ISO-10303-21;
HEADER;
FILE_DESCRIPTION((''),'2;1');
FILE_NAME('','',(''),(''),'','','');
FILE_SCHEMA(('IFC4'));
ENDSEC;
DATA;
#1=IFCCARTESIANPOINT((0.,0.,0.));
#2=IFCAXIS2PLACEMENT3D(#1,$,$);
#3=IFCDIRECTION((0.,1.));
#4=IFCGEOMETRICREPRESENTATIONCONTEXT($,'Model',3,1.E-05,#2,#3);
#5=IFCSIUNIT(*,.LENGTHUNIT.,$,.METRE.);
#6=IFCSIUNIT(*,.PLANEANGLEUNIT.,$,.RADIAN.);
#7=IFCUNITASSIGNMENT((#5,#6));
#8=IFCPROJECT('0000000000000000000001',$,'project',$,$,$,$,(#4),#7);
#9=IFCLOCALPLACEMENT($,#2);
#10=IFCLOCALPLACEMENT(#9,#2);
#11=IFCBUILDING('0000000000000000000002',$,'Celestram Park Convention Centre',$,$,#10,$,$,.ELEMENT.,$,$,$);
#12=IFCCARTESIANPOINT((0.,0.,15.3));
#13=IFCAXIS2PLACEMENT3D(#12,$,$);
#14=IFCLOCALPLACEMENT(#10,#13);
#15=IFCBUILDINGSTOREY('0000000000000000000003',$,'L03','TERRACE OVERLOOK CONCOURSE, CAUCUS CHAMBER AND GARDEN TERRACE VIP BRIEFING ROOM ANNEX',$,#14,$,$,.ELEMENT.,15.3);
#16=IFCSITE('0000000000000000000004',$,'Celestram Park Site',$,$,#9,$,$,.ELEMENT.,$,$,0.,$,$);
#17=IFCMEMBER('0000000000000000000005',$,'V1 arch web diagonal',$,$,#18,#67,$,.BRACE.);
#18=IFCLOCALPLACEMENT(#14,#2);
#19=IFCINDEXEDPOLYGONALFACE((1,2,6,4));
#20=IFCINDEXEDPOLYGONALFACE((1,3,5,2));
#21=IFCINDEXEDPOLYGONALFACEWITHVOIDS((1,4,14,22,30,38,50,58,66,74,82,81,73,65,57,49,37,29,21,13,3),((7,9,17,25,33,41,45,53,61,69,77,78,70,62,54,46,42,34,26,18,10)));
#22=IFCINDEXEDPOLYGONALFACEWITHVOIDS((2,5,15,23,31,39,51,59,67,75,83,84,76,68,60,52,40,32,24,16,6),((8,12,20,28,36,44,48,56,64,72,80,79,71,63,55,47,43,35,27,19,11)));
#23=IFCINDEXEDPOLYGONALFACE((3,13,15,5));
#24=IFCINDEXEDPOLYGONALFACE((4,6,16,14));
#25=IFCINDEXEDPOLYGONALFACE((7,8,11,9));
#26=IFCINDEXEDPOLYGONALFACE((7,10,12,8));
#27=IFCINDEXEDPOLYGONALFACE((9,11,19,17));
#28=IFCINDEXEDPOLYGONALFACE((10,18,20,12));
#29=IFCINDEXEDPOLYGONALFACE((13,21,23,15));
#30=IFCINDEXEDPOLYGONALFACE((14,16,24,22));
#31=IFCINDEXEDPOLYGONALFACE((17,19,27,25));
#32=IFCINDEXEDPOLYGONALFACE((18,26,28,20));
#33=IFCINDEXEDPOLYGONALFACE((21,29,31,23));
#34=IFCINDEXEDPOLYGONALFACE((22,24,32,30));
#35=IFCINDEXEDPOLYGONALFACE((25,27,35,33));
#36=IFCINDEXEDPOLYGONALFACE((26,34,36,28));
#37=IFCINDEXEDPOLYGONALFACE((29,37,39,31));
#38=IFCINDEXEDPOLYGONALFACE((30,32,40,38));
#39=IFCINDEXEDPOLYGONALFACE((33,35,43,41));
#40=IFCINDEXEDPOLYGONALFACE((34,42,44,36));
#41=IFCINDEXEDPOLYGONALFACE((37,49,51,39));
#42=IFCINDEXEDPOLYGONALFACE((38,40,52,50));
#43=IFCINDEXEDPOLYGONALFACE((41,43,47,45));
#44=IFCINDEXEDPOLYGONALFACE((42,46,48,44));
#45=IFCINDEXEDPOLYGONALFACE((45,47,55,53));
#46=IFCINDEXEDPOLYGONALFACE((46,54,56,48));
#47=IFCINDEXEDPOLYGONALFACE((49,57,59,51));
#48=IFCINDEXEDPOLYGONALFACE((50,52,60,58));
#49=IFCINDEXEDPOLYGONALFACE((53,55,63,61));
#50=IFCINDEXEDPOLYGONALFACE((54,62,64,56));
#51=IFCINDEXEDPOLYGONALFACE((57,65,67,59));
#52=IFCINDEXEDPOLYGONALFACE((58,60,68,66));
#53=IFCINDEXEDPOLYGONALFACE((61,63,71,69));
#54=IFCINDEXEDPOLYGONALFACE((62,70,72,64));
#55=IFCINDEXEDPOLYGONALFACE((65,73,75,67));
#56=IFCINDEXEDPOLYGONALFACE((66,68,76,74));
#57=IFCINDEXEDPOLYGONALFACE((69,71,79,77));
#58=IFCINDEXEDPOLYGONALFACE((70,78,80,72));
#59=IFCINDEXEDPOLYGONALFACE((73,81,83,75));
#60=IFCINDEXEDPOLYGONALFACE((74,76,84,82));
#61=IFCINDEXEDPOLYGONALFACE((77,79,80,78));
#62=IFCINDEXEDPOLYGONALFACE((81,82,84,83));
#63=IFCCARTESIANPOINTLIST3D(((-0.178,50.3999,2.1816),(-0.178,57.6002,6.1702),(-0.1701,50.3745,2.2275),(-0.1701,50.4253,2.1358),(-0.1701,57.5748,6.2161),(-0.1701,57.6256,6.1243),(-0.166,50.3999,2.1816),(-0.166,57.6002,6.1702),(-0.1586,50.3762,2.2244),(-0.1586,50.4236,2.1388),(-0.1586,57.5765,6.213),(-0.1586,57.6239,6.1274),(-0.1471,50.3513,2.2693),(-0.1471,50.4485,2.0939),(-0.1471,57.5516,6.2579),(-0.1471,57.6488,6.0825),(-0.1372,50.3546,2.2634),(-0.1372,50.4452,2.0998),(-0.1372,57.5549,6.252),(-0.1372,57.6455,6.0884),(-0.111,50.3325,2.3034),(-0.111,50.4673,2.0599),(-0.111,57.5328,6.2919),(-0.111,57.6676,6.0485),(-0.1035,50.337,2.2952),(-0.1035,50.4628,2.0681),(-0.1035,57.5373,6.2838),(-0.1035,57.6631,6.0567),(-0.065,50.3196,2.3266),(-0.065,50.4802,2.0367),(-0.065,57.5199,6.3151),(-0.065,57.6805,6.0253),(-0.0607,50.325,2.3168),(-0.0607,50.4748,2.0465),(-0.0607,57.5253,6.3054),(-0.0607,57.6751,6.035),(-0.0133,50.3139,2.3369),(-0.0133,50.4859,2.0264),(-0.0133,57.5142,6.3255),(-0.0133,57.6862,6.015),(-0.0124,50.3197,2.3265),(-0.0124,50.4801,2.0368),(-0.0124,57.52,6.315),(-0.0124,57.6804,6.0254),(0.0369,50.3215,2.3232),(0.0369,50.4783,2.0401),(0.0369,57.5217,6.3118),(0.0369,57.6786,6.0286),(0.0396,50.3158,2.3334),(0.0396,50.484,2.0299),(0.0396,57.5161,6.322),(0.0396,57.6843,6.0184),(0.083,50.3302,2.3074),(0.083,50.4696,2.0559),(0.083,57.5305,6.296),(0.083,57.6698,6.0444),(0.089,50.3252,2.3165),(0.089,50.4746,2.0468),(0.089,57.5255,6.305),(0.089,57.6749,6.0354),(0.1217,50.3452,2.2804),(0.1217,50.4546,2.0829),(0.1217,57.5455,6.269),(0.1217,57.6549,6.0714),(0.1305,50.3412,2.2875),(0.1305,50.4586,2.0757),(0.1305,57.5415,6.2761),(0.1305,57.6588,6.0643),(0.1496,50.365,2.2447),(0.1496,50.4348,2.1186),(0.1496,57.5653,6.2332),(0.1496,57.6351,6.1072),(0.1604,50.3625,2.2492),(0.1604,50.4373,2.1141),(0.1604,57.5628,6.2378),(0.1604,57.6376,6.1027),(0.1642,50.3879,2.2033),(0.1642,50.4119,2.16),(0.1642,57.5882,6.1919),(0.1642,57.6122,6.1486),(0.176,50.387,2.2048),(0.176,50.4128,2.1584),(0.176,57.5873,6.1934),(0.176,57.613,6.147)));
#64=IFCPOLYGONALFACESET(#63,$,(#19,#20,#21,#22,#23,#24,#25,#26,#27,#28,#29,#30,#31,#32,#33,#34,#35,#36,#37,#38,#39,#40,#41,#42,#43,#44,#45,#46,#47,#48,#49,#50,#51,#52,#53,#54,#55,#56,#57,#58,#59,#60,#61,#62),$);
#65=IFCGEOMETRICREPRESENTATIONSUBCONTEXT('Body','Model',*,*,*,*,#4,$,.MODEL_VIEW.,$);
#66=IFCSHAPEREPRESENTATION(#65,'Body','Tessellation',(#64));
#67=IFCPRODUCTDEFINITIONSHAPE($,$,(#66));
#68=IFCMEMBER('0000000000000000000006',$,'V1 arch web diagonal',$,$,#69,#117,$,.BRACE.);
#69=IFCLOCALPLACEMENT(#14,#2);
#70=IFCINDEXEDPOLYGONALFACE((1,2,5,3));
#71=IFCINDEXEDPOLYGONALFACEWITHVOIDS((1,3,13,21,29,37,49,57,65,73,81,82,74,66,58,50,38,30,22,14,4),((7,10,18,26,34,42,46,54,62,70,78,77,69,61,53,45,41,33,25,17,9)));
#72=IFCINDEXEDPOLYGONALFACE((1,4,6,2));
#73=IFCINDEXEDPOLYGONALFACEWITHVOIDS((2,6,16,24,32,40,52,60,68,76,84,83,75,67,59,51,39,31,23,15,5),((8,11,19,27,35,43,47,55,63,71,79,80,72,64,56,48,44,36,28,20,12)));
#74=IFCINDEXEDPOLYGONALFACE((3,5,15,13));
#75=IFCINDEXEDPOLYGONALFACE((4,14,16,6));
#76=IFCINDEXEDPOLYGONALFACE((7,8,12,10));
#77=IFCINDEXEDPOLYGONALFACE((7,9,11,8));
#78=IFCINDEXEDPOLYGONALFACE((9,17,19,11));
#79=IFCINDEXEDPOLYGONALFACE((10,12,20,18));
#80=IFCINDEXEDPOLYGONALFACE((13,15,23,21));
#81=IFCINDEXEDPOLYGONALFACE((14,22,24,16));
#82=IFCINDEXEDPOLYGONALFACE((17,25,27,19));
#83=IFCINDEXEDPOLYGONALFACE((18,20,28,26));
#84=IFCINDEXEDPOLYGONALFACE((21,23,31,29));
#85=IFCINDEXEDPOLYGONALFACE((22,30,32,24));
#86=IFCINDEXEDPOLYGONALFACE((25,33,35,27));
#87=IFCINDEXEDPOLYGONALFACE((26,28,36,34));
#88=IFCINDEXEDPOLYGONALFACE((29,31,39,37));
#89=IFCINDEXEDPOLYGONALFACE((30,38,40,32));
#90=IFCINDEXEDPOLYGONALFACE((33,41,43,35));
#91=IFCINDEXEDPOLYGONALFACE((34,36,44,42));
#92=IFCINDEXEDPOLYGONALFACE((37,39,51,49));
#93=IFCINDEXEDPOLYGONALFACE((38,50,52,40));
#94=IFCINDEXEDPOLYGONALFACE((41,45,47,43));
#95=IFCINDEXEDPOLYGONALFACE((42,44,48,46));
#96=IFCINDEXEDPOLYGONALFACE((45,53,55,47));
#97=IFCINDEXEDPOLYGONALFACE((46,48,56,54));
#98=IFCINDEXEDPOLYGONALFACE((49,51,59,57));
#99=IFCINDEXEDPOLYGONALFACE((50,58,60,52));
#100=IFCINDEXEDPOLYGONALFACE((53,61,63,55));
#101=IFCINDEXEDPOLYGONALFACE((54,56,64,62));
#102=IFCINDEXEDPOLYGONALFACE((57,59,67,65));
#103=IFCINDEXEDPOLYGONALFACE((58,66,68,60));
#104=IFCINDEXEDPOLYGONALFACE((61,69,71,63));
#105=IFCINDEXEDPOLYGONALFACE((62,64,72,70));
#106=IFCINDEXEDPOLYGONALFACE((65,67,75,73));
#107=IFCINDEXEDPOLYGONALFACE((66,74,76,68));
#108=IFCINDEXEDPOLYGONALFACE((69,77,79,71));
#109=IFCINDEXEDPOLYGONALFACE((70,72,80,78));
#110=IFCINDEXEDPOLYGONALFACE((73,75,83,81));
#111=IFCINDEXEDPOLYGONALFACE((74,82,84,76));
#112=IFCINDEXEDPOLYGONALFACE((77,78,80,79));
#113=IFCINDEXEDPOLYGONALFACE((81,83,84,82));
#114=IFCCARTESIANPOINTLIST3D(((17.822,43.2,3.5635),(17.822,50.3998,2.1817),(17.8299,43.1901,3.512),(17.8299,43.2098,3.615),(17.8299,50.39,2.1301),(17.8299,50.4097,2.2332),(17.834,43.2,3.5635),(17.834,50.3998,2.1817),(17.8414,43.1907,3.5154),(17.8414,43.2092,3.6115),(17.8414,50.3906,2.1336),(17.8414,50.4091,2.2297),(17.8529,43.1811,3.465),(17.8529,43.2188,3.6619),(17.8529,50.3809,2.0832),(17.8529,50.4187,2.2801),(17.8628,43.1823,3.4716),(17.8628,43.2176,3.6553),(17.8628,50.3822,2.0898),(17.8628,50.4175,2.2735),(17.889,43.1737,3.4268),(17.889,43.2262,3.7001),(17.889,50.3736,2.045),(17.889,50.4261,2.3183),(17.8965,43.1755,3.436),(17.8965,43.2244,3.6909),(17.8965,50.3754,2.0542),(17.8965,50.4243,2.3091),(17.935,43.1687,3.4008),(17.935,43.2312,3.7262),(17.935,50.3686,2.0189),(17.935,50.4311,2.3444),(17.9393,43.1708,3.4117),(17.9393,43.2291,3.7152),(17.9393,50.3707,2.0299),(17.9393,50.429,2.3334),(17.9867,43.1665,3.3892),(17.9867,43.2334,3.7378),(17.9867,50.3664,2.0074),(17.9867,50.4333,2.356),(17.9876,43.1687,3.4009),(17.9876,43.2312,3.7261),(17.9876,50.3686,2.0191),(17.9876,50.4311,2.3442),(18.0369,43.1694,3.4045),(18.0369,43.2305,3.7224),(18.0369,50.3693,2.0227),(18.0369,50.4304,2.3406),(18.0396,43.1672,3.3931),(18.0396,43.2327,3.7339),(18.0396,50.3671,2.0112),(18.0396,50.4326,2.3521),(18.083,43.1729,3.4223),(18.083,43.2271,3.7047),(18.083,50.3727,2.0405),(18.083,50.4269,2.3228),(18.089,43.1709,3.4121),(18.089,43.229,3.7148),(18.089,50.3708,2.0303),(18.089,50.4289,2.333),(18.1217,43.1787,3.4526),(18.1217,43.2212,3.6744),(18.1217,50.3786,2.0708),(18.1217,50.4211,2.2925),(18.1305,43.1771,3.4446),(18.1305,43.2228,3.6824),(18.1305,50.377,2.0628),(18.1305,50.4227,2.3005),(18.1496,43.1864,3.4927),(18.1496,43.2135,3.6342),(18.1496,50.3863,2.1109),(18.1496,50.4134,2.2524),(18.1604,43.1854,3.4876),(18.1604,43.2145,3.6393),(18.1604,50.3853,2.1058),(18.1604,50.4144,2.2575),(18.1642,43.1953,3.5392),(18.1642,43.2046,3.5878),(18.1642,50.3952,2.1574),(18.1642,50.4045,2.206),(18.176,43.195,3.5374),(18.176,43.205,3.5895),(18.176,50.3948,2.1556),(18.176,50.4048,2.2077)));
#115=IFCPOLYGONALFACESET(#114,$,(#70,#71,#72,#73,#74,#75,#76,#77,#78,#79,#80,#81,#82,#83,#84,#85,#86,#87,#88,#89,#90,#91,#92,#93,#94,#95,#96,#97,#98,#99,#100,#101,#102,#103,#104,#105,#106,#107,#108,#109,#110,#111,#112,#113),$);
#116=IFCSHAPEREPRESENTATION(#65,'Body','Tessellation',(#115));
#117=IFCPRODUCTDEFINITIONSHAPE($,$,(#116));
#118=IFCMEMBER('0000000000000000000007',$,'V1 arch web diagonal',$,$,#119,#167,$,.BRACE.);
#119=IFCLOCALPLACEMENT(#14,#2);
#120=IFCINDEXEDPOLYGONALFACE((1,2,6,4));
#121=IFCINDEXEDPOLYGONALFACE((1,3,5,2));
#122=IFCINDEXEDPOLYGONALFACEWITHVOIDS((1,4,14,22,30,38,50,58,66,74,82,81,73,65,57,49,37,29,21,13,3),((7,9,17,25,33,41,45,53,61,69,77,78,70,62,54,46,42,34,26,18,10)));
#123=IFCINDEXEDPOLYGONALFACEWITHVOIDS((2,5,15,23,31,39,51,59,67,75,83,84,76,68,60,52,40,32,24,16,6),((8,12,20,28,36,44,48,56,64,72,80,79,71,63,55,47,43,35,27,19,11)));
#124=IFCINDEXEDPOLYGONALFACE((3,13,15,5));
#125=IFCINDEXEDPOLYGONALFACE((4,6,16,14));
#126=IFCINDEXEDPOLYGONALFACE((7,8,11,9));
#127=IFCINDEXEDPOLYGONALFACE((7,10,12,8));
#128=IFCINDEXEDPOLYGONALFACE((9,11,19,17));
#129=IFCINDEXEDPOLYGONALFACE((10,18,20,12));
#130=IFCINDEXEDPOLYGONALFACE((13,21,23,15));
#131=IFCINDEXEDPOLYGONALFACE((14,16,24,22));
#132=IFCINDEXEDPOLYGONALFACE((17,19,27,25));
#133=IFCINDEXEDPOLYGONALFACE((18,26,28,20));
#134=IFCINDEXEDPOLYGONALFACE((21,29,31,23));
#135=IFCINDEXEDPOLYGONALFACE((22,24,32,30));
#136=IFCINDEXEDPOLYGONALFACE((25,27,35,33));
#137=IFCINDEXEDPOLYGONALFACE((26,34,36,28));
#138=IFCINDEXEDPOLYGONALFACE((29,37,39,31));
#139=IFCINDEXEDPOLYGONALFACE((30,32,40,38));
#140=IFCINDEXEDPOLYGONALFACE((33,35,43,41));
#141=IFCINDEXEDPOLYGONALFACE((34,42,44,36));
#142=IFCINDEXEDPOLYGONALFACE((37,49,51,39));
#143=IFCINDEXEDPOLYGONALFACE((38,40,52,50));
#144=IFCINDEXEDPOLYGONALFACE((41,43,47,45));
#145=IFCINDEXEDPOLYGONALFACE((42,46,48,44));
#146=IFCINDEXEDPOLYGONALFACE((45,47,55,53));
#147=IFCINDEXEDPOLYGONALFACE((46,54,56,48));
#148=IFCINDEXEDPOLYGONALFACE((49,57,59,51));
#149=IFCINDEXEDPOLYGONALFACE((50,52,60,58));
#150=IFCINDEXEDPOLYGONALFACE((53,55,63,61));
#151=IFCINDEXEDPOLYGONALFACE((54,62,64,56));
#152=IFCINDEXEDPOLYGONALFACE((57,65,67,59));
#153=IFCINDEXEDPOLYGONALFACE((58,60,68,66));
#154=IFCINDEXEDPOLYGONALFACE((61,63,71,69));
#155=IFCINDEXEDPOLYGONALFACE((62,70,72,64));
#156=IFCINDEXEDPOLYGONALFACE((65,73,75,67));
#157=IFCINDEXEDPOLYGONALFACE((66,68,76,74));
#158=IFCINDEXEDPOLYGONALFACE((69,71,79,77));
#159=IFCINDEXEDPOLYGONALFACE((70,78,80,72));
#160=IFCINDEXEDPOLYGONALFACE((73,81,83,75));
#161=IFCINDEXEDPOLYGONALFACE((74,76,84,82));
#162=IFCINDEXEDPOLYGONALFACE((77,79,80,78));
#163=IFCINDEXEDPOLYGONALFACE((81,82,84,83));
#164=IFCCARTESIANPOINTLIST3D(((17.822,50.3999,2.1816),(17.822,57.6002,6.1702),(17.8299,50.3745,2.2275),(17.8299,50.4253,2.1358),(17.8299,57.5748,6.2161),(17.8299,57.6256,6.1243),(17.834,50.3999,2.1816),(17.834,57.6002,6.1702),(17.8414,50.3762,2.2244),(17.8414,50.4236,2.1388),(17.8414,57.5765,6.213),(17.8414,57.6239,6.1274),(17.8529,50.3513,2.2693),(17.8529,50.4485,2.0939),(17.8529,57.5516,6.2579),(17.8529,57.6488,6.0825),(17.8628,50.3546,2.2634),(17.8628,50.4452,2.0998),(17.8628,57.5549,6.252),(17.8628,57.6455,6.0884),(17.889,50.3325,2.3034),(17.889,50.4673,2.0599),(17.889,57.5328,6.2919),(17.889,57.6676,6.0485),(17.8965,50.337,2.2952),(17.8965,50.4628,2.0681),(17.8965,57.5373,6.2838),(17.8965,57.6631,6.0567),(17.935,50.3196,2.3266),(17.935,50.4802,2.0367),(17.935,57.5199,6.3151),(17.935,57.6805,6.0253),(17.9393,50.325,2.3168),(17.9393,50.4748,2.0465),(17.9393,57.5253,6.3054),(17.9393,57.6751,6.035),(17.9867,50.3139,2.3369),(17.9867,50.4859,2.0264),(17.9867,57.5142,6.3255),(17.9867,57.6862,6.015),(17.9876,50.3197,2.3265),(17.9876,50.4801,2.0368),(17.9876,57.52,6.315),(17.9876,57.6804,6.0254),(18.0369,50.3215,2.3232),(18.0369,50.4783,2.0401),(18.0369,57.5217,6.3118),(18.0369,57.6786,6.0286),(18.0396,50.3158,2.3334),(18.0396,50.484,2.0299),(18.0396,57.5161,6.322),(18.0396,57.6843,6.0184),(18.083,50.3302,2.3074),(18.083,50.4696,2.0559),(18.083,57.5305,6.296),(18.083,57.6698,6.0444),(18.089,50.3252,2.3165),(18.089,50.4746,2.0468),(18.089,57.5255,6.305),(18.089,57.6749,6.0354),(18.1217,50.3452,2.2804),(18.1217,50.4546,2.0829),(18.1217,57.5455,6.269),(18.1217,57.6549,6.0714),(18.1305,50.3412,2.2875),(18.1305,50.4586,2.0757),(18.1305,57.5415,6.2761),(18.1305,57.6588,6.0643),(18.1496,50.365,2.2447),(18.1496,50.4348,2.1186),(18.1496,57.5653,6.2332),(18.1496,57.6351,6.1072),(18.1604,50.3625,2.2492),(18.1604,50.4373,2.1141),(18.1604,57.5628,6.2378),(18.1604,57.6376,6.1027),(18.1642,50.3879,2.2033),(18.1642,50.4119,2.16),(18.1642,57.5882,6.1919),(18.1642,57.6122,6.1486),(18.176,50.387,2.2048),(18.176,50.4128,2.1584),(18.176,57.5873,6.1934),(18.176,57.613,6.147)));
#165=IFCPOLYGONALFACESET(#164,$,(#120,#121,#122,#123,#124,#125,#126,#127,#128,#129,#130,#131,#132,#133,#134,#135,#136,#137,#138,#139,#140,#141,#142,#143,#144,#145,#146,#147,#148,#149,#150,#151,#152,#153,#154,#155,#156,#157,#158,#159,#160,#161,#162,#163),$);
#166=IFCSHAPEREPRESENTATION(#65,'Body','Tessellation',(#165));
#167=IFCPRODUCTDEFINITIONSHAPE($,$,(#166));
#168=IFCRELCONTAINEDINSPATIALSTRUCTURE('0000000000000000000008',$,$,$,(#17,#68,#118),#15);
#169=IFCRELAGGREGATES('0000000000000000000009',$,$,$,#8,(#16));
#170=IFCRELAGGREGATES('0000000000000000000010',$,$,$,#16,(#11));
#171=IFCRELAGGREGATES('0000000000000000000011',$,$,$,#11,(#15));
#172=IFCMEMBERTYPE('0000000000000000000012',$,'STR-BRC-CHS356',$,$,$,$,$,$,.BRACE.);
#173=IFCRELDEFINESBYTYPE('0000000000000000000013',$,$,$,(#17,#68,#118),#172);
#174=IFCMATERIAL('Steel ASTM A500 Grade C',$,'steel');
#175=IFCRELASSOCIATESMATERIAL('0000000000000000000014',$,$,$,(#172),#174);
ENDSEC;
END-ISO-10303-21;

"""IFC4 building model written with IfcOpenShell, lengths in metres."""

from ifc_helpers import new_model, si_unit, direction, frame, origin, origin_2d, place, context, subcontext, project, spatial, hollow_circle, extrude, material, material_profile, profile_set, type_object, element, save


model = new_model("IFC4")

# Units and contexts
model_context = context("Model", 3, precision=1e-05, world=origin(), true_north=direction((0.0, 1.0)))
body_context = subcontext(model_context, "Body", "Model", "MODEL_VIEW")
ifc_project = project(units=[si_unit("LENGTHUNIT", "METRE"), si_unit("PLANEANGLEUNIT", "RADIAN")], contexts=[model_context])

# Site, building, storey
site_placement = place(None, origin())
site = spatial("IfcSite", under=ifc_project, at=site_placement, Name="Celestram Park Site", CompositionType="ELEMENT", RefElevation=0.0)
building_placement = place(site_placement, origin())
building = spatial("IfcBuilding", under=site, at=building_placement, Name="Celestram Park Convention Centre", CompositionType="ELEMENT")
storey_placement = place(building_placement, frame((0.0, 0.0, 15.3)))
storey = spatial("IfcBuildingStorey", under=building, at=storey_placement, Name="L03", Description="TERRACE OVERLOOK CONCOURSE, CAUCUS CHAMBER AND GARDEN TERRACE VIP BRIEFING ROOM ANNEX", CompositionType="ELEMENT", Elevation=15.3)

# Members
ifc_material_1 = material(Name="Steel ASTM A500 Grade C", Category="steel")
ifc_material_profile_1 = material_profile(ifc_material_1, hollow_circle(Radius=0.178, WallThickness=0.012, at=origin_2d()), Name="CHS356X12")
ifc_profile_set_1 = profile_set([ifc_material_profile_1], Name="Steel ASTM A500 Grade C")
member_type_1 = type_object("IfcMemberType", Name="STR-BRC-CHS356", PredefinedType="BRACE", material=ifc_profile_set_1)
member_1_placement = place(storey_placement, frame((0.0, 50.3999, 2.1816), z_axis=(0.0, 0.874754, 0.484567), x_axis=(-1.0, 0.0, 0.0)))
element("IfcMember", 1, at=member_1_placement, inside=storey, type_object=member_type_1, Name="V1 arch web diagonal", PredefinedType="BRACE", context=body_context, shape_type="SweptSolid", body=[
    extrude(hollow_circle(Radius=0.178, WallThickness=0.012, at=origin_2d()), origin(), (0.0, 0.0, 1.0), 8.2312),
])
member_2_placement = place(storey_placement, frame((18.0, 43.2, 3.5635), z_axis=(0.0, 0.982076, -0.188483), x_axis=(-1.0, 0.0, 0.0)))
element("IfcMember", 2, at=member_2_placement, inside=storey, type_object=member_type_1, Name="V1 arch web diagonal", PredefinedType="BRACE", context=body_context, shape_type="SweptSolid", body=[
    extrude(hollow_circle(Radius=0.178, WallThickness=0.012, at=origin_2d()), origin(), (0.0, 0.0, 1.0), 7.3313),
])
member_3_placement = place(storey_placement, frame((18.0, 50.3999, 2.1816), z_axis=(0.0, 0.874754, 0.484567), x_axis=(-1.0, 0.0, 0.0)))
element("IfcMember", 3, at=member_3_placement, inside=storey, type_object=member_type_1, Name="V1 arch web diagonal", PredefinedType="BRACE", context=body_context, shape_type="SweptSolid", body=[
    extrude(hollow_circle(Radius=0.178, WallThickness=0.012, at=origin_2d()), origin(), (0.0, 0.0, 1.0), 8.2312),
])

save(model, "model.ifc")
